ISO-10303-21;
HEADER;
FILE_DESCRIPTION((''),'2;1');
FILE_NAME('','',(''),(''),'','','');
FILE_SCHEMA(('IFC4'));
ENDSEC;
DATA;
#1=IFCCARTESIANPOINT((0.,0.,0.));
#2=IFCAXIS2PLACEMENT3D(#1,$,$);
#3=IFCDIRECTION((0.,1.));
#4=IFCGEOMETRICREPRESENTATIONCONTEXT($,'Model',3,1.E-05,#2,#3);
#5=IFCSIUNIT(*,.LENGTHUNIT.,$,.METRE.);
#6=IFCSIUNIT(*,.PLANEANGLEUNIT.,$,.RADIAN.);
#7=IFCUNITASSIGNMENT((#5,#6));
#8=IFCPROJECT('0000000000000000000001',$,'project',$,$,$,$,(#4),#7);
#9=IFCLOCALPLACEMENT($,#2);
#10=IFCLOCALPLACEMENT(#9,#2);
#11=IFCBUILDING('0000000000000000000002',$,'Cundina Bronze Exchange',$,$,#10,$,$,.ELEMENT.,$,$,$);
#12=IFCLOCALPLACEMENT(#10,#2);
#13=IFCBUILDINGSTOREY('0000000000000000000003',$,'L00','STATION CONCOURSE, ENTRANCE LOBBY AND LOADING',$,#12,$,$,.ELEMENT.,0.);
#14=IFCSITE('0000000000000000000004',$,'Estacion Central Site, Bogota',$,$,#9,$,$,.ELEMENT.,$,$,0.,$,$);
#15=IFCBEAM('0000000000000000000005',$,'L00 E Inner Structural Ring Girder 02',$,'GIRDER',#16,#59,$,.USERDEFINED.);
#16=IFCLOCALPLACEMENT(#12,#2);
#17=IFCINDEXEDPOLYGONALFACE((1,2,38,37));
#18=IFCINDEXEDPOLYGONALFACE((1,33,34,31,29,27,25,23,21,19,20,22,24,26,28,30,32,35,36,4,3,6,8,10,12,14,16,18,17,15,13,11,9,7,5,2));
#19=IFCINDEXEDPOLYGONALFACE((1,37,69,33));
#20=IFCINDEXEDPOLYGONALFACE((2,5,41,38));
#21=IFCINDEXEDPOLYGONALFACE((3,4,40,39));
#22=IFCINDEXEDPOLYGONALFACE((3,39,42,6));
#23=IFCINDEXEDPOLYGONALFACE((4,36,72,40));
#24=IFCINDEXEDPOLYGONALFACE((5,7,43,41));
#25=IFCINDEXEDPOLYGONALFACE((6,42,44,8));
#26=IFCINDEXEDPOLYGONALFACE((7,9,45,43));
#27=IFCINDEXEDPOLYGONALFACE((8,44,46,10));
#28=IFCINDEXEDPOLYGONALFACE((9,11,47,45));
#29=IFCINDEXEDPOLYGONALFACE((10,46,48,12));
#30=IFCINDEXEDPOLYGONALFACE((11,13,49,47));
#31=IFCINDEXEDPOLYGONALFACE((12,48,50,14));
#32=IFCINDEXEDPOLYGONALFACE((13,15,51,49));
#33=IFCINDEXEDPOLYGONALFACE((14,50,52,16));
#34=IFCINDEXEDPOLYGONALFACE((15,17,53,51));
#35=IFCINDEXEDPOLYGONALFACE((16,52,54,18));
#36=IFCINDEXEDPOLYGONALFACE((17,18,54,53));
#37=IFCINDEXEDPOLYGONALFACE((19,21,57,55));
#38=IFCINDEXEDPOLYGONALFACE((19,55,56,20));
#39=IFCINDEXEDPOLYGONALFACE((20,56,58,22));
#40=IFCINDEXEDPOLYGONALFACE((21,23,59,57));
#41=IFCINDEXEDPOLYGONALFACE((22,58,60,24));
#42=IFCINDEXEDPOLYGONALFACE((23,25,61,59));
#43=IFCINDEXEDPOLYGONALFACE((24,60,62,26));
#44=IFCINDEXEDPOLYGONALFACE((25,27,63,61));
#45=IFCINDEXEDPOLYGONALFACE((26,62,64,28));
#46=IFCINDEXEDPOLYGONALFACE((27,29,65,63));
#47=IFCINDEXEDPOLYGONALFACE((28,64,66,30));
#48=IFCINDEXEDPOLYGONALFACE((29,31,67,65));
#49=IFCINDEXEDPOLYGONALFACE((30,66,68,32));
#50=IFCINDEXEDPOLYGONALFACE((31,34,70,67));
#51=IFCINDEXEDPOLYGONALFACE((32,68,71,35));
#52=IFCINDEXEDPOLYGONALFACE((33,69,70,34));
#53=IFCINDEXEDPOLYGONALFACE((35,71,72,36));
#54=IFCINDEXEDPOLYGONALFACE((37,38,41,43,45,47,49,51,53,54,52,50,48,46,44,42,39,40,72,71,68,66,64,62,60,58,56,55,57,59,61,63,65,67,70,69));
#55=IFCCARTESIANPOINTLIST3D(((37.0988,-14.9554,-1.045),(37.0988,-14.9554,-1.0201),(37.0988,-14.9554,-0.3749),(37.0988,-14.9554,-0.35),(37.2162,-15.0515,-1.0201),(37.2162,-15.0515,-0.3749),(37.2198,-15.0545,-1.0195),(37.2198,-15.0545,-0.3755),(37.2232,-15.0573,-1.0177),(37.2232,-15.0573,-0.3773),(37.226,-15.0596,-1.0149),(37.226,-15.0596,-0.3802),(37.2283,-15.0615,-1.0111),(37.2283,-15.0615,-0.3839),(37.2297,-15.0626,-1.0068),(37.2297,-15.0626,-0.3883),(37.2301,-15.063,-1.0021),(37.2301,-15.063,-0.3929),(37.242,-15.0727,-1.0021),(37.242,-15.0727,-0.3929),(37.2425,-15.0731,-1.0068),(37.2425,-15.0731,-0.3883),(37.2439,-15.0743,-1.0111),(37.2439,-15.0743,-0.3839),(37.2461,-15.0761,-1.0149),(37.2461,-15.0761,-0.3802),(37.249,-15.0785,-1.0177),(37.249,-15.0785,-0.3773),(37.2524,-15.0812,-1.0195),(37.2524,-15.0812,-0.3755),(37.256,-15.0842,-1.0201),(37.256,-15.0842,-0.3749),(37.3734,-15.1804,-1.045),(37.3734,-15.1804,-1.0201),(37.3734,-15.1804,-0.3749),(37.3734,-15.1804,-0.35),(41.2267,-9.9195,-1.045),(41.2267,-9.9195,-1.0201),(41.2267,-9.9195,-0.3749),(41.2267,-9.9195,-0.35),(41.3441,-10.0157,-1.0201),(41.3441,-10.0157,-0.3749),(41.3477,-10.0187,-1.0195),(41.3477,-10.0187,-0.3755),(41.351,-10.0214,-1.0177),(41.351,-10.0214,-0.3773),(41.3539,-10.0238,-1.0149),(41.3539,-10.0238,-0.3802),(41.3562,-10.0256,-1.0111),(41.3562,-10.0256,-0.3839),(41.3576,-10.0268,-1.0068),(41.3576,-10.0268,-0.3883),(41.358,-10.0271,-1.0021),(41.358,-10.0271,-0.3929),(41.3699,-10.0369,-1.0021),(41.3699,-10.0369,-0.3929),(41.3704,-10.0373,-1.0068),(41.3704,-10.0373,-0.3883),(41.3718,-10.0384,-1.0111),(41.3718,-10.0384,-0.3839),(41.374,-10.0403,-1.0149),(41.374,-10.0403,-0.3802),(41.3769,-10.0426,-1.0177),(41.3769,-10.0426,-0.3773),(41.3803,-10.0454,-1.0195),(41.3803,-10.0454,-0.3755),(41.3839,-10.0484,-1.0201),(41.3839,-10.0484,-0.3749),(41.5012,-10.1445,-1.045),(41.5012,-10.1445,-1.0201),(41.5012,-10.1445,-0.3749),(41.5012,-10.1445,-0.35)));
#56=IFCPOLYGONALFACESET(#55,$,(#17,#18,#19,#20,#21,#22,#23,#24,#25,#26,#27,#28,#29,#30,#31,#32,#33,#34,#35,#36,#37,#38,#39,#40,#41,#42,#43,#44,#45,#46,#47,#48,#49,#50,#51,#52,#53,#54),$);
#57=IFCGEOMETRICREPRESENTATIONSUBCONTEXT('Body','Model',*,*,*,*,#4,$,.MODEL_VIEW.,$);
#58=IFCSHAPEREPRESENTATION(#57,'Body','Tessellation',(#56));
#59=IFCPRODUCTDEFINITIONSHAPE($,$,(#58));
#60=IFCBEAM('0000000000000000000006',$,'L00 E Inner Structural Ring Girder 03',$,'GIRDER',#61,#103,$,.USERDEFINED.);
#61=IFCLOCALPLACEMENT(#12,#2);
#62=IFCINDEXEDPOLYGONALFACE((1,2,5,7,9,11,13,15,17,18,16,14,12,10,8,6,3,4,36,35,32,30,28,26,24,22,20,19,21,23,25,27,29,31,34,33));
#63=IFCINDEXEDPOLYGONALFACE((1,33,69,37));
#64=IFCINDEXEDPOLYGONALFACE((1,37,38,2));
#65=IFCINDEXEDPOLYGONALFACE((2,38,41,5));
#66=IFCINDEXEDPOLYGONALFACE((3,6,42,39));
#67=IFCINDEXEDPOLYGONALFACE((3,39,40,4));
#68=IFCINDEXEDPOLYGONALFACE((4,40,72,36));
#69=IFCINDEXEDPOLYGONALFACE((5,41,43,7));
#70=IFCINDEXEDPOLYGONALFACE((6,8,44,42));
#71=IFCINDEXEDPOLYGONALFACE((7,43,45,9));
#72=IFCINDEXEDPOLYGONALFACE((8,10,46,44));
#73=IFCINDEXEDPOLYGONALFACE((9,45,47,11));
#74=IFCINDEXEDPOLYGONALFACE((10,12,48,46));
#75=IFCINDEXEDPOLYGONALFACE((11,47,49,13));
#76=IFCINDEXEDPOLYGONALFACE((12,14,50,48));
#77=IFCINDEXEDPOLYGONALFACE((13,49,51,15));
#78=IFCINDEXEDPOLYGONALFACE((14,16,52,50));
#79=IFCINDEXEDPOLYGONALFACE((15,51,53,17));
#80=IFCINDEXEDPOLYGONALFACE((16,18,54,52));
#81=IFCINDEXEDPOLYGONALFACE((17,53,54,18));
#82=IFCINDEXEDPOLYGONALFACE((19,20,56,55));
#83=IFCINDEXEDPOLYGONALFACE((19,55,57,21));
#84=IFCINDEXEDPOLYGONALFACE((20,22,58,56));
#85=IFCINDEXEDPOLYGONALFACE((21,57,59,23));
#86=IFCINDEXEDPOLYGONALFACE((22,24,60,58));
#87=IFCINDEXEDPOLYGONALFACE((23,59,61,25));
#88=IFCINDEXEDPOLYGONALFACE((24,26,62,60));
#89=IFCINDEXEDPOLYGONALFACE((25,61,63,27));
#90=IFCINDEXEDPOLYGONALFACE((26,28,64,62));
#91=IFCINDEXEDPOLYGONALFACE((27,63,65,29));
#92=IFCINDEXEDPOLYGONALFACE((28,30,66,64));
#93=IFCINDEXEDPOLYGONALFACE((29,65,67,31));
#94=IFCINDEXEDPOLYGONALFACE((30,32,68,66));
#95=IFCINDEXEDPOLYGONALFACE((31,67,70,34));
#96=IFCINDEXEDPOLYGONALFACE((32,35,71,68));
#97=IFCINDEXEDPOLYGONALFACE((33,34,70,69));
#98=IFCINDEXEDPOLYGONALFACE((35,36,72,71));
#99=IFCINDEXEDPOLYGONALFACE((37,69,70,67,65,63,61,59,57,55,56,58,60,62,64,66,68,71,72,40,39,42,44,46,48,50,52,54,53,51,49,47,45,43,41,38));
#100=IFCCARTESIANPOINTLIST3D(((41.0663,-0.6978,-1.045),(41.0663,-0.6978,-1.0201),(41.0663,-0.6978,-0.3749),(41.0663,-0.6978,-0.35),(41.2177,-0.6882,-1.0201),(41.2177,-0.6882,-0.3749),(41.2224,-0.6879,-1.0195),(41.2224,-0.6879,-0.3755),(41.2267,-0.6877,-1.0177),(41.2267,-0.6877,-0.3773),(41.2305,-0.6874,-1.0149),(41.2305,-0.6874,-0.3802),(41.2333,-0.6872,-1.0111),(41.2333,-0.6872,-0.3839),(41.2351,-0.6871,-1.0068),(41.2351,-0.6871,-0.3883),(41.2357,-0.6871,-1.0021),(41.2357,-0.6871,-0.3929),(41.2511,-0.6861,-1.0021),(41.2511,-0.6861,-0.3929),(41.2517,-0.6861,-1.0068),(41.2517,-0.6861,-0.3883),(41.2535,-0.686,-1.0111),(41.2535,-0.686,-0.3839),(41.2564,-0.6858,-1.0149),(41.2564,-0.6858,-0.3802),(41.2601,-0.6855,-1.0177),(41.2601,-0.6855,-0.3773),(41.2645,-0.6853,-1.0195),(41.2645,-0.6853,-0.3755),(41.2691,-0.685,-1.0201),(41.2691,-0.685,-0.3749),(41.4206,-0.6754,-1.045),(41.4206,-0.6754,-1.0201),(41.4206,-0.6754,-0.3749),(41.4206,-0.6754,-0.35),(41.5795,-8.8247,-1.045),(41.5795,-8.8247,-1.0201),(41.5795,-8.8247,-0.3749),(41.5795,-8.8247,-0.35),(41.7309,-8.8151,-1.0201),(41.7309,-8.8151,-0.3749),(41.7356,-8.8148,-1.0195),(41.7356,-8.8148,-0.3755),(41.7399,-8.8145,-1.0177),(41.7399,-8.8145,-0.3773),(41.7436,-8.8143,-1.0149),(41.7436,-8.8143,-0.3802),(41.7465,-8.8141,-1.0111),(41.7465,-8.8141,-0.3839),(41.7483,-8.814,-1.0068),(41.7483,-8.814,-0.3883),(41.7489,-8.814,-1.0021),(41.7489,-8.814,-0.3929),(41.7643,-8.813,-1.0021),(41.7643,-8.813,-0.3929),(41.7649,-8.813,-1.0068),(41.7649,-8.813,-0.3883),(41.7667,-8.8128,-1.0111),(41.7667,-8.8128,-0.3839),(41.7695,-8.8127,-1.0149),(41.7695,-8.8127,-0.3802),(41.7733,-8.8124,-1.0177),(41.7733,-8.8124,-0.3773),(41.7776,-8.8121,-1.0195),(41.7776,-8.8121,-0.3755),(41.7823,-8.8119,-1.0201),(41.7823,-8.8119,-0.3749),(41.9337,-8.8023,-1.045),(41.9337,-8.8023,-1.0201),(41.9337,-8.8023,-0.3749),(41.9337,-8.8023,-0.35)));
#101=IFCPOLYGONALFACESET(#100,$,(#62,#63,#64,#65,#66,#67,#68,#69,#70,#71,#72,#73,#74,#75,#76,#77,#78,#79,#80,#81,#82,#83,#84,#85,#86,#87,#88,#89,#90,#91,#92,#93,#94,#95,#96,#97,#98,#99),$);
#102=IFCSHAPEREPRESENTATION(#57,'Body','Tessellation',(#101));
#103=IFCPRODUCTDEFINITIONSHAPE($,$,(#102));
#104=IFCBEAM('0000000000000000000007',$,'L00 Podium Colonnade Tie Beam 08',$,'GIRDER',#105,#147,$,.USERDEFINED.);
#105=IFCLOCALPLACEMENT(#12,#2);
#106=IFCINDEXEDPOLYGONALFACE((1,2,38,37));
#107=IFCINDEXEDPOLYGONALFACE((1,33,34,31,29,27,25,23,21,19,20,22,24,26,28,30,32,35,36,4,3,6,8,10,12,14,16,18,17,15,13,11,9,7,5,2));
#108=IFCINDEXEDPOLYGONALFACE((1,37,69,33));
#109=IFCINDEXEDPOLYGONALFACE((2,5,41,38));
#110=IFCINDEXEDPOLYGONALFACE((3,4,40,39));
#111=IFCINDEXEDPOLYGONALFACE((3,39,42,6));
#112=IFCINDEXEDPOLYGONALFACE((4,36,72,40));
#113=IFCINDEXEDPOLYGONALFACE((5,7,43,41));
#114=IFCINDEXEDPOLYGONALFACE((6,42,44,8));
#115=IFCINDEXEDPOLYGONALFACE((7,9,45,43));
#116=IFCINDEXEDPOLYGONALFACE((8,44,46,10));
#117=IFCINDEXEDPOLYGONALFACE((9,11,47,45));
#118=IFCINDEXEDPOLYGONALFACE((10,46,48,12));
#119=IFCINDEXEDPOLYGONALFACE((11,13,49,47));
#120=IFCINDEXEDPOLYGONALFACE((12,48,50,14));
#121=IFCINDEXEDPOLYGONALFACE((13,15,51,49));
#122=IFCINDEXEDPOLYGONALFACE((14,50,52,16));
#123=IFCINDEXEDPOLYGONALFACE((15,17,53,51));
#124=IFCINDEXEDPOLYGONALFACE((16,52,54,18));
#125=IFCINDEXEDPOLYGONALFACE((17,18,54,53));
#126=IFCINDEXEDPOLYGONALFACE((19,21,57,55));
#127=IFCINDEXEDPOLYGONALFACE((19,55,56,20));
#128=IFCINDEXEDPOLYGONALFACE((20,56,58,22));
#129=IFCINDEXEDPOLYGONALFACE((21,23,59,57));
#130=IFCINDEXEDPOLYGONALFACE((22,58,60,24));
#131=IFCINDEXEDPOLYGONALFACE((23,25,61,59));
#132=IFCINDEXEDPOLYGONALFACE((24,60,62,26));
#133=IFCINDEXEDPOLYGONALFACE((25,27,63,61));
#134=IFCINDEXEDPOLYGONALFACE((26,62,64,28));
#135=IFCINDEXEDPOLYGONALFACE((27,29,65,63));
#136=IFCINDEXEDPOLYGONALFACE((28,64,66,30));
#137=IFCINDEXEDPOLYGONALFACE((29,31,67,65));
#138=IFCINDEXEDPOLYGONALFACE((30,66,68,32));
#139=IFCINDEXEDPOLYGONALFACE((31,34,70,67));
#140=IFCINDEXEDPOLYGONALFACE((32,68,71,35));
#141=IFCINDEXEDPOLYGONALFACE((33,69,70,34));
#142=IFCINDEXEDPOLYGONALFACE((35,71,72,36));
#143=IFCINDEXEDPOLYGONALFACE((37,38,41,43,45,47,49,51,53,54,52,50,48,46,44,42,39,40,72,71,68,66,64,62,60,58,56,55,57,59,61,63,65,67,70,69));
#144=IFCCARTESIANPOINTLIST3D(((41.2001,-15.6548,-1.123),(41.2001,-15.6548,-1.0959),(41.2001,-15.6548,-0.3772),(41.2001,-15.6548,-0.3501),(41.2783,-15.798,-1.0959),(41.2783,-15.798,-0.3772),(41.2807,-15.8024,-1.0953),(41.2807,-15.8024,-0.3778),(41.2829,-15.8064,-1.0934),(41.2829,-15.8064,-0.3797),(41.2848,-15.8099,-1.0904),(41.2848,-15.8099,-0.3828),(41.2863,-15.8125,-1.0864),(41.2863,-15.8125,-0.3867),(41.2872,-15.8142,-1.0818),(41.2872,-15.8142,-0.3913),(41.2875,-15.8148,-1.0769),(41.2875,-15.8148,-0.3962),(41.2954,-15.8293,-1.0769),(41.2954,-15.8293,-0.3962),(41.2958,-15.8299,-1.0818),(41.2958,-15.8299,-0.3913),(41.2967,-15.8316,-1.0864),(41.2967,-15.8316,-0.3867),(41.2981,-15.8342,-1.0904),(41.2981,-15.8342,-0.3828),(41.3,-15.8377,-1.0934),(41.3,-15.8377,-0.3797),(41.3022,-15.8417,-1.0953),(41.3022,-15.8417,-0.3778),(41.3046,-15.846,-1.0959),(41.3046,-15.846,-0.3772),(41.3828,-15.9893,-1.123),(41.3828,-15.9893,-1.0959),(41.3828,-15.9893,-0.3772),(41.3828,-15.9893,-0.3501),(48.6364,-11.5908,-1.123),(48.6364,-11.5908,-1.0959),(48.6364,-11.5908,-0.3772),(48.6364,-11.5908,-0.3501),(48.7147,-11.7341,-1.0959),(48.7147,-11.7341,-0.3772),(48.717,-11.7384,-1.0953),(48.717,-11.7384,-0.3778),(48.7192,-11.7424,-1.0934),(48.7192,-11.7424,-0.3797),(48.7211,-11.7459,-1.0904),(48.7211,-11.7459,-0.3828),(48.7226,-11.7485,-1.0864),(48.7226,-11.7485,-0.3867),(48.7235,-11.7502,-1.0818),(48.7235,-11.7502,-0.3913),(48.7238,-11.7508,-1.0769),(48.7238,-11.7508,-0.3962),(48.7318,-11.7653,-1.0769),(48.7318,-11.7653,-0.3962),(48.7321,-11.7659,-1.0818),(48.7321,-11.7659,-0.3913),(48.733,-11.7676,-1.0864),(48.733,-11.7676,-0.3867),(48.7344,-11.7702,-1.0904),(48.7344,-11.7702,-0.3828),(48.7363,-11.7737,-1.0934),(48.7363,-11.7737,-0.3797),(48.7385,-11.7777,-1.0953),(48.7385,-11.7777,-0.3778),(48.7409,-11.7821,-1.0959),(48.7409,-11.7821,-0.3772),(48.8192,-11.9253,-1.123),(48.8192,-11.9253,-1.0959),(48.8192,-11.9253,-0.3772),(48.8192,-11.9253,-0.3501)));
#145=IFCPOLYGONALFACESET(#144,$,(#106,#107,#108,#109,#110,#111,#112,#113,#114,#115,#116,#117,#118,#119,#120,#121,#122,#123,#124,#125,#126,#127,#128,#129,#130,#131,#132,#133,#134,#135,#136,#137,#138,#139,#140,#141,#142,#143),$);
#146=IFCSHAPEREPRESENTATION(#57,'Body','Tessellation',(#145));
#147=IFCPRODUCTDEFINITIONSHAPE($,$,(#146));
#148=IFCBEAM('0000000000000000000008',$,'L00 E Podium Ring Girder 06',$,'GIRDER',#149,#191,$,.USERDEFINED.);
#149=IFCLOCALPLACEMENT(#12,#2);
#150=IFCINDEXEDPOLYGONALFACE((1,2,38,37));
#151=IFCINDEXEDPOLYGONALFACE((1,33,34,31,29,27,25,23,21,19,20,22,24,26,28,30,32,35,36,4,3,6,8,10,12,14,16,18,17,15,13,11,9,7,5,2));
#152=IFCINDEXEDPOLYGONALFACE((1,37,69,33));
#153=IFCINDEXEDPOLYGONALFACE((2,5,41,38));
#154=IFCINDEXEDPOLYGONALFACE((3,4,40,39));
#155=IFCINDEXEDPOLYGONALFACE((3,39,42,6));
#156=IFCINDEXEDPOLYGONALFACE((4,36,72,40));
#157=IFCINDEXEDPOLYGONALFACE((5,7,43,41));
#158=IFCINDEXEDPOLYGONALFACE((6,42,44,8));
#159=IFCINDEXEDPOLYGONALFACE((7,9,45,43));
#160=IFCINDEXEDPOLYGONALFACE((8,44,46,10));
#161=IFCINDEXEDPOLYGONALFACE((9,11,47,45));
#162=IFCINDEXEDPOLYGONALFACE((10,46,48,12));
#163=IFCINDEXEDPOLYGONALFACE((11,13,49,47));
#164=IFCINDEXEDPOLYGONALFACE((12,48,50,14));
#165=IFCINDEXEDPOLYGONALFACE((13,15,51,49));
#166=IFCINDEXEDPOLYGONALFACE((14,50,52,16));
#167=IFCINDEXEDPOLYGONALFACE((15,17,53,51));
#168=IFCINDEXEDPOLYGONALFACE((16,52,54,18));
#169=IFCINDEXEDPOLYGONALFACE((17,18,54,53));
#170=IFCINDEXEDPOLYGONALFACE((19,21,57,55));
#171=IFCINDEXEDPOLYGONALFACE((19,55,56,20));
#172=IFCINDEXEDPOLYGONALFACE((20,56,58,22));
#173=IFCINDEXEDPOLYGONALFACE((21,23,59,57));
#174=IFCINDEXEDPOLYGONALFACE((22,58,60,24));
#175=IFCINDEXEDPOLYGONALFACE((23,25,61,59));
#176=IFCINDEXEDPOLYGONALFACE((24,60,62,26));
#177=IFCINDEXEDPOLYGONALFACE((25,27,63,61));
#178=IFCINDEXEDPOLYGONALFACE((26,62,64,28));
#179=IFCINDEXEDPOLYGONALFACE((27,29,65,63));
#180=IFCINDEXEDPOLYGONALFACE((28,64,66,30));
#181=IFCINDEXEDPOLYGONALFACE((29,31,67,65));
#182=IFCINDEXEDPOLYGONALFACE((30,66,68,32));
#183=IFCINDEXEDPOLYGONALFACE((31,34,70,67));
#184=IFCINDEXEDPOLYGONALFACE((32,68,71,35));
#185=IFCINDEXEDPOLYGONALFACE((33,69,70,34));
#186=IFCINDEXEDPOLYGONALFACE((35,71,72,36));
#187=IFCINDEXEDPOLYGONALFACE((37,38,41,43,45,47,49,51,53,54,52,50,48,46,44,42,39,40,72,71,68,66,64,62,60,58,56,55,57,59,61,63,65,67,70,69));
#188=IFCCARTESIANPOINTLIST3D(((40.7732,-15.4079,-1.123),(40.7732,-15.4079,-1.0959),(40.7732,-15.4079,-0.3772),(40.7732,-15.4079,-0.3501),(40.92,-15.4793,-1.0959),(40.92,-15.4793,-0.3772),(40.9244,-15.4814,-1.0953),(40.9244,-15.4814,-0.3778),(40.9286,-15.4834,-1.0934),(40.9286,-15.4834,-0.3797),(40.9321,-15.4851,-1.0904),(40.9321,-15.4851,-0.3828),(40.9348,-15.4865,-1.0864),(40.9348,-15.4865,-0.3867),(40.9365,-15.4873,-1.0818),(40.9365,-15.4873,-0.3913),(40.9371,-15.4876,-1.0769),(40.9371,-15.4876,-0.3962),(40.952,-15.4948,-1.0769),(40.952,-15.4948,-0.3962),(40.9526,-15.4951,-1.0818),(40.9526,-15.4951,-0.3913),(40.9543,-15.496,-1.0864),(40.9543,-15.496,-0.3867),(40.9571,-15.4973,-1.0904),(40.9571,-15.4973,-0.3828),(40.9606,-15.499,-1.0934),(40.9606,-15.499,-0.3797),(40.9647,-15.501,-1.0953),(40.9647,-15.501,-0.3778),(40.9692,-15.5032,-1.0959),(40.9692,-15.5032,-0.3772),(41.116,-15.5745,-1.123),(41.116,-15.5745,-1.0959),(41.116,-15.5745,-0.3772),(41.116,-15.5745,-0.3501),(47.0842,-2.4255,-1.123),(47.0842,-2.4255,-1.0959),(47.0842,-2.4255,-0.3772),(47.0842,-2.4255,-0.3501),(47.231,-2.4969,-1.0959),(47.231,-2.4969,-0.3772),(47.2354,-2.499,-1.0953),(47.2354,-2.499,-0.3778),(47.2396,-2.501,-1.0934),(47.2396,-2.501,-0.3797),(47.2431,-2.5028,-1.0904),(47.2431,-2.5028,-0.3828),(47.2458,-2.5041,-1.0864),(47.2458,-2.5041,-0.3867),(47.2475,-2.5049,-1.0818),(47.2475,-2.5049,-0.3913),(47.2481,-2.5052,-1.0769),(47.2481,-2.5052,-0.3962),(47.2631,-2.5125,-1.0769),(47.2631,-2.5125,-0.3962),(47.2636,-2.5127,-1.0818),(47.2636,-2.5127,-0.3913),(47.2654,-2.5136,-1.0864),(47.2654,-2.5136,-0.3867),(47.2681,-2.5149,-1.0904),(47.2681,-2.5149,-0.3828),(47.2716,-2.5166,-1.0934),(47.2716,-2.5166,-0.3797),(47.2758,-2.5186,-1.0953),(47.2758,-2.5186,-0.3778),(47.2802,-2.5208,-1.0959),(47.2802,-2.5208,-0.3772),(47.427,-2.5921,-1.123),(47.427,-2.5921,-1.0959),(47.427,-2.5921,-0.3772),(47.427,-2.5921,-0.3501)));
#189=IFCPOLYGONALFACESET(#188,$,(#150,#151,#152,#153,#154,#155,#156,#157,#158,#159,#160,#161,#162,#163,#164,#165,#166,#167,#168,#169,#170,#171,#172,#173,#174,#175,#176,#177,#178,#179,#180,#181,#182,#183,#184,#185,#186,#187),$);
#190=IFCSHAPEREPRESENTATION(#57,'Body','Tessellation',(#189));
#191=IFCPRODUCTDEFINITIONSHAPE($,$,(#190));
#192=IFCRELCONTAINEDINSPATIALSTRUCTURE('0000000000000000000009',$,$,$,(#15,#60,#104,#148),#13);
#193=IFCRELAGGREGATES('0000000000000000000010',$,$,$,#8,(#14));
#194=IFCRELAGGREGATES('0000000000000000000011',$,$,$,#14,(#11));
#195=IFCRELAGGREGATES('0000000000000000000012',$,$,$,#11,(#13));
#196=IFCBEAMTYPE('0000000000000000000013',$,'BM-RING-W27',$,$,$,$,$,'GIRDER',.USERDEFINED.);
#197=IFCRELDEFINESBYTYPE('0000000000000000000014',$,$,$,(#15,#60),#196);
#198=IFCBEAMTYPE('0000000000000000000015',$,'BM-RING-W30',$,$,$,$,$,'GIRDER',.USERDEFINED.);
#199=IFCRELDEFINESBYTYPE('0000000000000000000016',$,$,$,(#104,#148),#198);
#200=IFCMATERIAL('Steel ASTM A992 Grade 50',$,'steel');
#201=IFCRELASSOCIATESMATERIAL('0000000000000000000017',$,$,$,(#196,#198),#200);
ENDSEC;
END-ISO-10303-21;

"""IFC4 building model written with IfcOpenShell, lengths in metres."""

from ifc_helpers import new_model, si_unit, direction, frame, origin, origin_2d, place, context, subcontext, project, spatial, i_section, extrude, material, material_profile, profile_set, type_object, element, save


model = new_model("IFC4")

# Units and contexts
model_context = context("Model", 3, precision=1e-05, world=origin(), true_north=direction((0.0, 1.0)))
body_context = subcontext(model_context, "Body", "Model", "MODEL_VIEW")
ifc_project = project(units=[si_unit("LENGTHUNIT", "METRE"), si_unit("PLANEANGLEUNIT", "RADIAN")], contexts=[model_context])

# Site, building, storey
site_placement = place(None, origin())
site = spatial("IfcSite", under=ifc_project, at=site_placement, Name="Estacion Central Site, Bogota", CompositionType="ELEMENT", RefElevation=0.0)
building_placement = place(site_placement, origin())
building = spatial("IfcBuilding", under=site, at=building_placement, Name="Cundina Bronze Exchange", CompositionType="ELEMENT")
storey_placement = place(building_placement, origin())
storey = spatial("IfcBuildingStorey", under=building, at=storey_placement, Name="L00", Description="STATION CONCOURSE, ENTRANCE LOBBY AND LOADING", CompositionType="ELEMENT", Elevation=0.0)

# Beams
ifc_material_1 = material(Name="Steel ASTM A992 Grade 50", Category="steel")
ifc_material_profile_1 = material_profile(ifc_material_1, i_section(OverallWidth=0.355, OverallDepth=0.6951, WebThickness=0.0154, FlangeThickness=0.0249, FilletRadius=0.0181, at=origin_2d()), Name="W27X146", Category="steel")
ifc_profile_set_1 = profile_set([ifc_material_profile_1], Name="Steel ASTM A992 Grade 50")
beam_type_1 = type_object("IfcBeamType", Name="BM-RING-W27", ElementType="GIRDER", PredefinedType="USERDEFINED", material=ifc_profile_set_1)
beam_1_placement = place(storey_placement, frame((37.2361, -15.0679, -0.6975), z_axis=(0.633942, 0.773381, 0.0), x_axis=(-0.773381, 0.633942, 0.0)))
element("IfcBeam", 1, at=beam_1_placement, inside=storey, type_object=beam_type_1, Name="L00 E Inner Structural Ring Girder 02", ObjectType="GIRDER", PredefinedType="USERDEFINED", context=body_context, shape_type="SweptSolid", body=[
    extrude(i_section(OverallWidth=0.355, OverallDepth=0.6951, WebThickness=0.0154, FlangeThickness=0.0249, FilletRadius=0.0181, at=origin_2d()), origin(), (0.0, 0.0, 1.0), 6.5115),
])
beam_2_placement = place(storey_placement, frame((41.7566, -8.8135, -0.6975), z_axis=(-0.06302, 0.998012, 0.0), x_axis=(-0.998012, -0.06302, 0.0)))
element("IfcBeam", 2, at=beam_2_placement, inside=storey, type_object=beam_type_1, Name="L00 E Inner Structural Ring Girder 03", ObjectType="GIRDER", PredefinedType="USERDEFINED", context=body_context, shape_type="SweptSolid", body=[
    extrude(i_section(OverallWidth=0.355, OverallDepth=0.6951, WebThickness=0.0154, FlangeThickness=0.0249, FilletRadius=0.0181, at=origin_2d()), origin(), (0.0, 0.0, 1.0), 8.1431),
])
ifc_material_profile_2 = material_profile(ifc_material_1, i_section(OverallWidth=0.3811, OverallDepth=0.7729, WebThickness=0.0166, FlangeThickness=0.0271, FilletRadius=0.019, at=origin_2d()), Name="W30X173", Category="steel")
ifc_profile_set_2 = profile_set([ifc_material_profile_2], Name="Steel ASTM A992 Grade 50")
beam_type_2 = type_object("IfcBeamType", Name="BM-RING-W30", ElementType="GIRDER", PredefinedType="USERDEFINED", material=ifc_profile_set_2)
beam_3_placement = place(storey_placement, frame((48.7278, -11.7581, -0.7366), z_axis=(-0.877508, -0.479562, 0.0), x_axis=(0.479562, -0.877508, 0.0)))
element("IfcBeam", 3, at=beam_3_placement, inside=storey, type_object=beam_type_2, Name="L00 Podium Colonnade Tie Beam 08", ObjectType="GIRDER", PredefinedType="USERDEFINED", context=body_context, shape_type="SweptSolid", body=[
    extrude(i_section(OverallWidth=0.3811, OverallDepth=0.7729, WebThickness=0.0166, FlangeThickness=0.0271, FilletRadius=0.019, at=origin_2d()), origin(), (0.0, 0.0, 1.0), 8.4744),
])
beam_4_placement = place(storey_placement, frame((40.9446, -15.4912, -0.7366), z_axis=(0.4372, 0.899364, 0.0), x_axis=(-0.899364, 0.4372, 0.0)))
element("IfcBeam", 4, at=beam_4_placement, inside=storey, type_object=beam_type_2, Name="L00 E Podium Ring Girder 06", ObjectType="GIRDER", PredefinedType="USERDEFINED", context=body_context, shape_type="SweptSolid", body=[
    extrude(i_section(OverallWidth=0.3811, OverallDepth=0.7729, WebThickness=0.0166, FlangeThickness=0.0271, FilletRadius=0.019, at=origin_2d()), origin(), (0.0, 0.0, 1.0), 14.4351),
])

save(model, "model.ifc")
